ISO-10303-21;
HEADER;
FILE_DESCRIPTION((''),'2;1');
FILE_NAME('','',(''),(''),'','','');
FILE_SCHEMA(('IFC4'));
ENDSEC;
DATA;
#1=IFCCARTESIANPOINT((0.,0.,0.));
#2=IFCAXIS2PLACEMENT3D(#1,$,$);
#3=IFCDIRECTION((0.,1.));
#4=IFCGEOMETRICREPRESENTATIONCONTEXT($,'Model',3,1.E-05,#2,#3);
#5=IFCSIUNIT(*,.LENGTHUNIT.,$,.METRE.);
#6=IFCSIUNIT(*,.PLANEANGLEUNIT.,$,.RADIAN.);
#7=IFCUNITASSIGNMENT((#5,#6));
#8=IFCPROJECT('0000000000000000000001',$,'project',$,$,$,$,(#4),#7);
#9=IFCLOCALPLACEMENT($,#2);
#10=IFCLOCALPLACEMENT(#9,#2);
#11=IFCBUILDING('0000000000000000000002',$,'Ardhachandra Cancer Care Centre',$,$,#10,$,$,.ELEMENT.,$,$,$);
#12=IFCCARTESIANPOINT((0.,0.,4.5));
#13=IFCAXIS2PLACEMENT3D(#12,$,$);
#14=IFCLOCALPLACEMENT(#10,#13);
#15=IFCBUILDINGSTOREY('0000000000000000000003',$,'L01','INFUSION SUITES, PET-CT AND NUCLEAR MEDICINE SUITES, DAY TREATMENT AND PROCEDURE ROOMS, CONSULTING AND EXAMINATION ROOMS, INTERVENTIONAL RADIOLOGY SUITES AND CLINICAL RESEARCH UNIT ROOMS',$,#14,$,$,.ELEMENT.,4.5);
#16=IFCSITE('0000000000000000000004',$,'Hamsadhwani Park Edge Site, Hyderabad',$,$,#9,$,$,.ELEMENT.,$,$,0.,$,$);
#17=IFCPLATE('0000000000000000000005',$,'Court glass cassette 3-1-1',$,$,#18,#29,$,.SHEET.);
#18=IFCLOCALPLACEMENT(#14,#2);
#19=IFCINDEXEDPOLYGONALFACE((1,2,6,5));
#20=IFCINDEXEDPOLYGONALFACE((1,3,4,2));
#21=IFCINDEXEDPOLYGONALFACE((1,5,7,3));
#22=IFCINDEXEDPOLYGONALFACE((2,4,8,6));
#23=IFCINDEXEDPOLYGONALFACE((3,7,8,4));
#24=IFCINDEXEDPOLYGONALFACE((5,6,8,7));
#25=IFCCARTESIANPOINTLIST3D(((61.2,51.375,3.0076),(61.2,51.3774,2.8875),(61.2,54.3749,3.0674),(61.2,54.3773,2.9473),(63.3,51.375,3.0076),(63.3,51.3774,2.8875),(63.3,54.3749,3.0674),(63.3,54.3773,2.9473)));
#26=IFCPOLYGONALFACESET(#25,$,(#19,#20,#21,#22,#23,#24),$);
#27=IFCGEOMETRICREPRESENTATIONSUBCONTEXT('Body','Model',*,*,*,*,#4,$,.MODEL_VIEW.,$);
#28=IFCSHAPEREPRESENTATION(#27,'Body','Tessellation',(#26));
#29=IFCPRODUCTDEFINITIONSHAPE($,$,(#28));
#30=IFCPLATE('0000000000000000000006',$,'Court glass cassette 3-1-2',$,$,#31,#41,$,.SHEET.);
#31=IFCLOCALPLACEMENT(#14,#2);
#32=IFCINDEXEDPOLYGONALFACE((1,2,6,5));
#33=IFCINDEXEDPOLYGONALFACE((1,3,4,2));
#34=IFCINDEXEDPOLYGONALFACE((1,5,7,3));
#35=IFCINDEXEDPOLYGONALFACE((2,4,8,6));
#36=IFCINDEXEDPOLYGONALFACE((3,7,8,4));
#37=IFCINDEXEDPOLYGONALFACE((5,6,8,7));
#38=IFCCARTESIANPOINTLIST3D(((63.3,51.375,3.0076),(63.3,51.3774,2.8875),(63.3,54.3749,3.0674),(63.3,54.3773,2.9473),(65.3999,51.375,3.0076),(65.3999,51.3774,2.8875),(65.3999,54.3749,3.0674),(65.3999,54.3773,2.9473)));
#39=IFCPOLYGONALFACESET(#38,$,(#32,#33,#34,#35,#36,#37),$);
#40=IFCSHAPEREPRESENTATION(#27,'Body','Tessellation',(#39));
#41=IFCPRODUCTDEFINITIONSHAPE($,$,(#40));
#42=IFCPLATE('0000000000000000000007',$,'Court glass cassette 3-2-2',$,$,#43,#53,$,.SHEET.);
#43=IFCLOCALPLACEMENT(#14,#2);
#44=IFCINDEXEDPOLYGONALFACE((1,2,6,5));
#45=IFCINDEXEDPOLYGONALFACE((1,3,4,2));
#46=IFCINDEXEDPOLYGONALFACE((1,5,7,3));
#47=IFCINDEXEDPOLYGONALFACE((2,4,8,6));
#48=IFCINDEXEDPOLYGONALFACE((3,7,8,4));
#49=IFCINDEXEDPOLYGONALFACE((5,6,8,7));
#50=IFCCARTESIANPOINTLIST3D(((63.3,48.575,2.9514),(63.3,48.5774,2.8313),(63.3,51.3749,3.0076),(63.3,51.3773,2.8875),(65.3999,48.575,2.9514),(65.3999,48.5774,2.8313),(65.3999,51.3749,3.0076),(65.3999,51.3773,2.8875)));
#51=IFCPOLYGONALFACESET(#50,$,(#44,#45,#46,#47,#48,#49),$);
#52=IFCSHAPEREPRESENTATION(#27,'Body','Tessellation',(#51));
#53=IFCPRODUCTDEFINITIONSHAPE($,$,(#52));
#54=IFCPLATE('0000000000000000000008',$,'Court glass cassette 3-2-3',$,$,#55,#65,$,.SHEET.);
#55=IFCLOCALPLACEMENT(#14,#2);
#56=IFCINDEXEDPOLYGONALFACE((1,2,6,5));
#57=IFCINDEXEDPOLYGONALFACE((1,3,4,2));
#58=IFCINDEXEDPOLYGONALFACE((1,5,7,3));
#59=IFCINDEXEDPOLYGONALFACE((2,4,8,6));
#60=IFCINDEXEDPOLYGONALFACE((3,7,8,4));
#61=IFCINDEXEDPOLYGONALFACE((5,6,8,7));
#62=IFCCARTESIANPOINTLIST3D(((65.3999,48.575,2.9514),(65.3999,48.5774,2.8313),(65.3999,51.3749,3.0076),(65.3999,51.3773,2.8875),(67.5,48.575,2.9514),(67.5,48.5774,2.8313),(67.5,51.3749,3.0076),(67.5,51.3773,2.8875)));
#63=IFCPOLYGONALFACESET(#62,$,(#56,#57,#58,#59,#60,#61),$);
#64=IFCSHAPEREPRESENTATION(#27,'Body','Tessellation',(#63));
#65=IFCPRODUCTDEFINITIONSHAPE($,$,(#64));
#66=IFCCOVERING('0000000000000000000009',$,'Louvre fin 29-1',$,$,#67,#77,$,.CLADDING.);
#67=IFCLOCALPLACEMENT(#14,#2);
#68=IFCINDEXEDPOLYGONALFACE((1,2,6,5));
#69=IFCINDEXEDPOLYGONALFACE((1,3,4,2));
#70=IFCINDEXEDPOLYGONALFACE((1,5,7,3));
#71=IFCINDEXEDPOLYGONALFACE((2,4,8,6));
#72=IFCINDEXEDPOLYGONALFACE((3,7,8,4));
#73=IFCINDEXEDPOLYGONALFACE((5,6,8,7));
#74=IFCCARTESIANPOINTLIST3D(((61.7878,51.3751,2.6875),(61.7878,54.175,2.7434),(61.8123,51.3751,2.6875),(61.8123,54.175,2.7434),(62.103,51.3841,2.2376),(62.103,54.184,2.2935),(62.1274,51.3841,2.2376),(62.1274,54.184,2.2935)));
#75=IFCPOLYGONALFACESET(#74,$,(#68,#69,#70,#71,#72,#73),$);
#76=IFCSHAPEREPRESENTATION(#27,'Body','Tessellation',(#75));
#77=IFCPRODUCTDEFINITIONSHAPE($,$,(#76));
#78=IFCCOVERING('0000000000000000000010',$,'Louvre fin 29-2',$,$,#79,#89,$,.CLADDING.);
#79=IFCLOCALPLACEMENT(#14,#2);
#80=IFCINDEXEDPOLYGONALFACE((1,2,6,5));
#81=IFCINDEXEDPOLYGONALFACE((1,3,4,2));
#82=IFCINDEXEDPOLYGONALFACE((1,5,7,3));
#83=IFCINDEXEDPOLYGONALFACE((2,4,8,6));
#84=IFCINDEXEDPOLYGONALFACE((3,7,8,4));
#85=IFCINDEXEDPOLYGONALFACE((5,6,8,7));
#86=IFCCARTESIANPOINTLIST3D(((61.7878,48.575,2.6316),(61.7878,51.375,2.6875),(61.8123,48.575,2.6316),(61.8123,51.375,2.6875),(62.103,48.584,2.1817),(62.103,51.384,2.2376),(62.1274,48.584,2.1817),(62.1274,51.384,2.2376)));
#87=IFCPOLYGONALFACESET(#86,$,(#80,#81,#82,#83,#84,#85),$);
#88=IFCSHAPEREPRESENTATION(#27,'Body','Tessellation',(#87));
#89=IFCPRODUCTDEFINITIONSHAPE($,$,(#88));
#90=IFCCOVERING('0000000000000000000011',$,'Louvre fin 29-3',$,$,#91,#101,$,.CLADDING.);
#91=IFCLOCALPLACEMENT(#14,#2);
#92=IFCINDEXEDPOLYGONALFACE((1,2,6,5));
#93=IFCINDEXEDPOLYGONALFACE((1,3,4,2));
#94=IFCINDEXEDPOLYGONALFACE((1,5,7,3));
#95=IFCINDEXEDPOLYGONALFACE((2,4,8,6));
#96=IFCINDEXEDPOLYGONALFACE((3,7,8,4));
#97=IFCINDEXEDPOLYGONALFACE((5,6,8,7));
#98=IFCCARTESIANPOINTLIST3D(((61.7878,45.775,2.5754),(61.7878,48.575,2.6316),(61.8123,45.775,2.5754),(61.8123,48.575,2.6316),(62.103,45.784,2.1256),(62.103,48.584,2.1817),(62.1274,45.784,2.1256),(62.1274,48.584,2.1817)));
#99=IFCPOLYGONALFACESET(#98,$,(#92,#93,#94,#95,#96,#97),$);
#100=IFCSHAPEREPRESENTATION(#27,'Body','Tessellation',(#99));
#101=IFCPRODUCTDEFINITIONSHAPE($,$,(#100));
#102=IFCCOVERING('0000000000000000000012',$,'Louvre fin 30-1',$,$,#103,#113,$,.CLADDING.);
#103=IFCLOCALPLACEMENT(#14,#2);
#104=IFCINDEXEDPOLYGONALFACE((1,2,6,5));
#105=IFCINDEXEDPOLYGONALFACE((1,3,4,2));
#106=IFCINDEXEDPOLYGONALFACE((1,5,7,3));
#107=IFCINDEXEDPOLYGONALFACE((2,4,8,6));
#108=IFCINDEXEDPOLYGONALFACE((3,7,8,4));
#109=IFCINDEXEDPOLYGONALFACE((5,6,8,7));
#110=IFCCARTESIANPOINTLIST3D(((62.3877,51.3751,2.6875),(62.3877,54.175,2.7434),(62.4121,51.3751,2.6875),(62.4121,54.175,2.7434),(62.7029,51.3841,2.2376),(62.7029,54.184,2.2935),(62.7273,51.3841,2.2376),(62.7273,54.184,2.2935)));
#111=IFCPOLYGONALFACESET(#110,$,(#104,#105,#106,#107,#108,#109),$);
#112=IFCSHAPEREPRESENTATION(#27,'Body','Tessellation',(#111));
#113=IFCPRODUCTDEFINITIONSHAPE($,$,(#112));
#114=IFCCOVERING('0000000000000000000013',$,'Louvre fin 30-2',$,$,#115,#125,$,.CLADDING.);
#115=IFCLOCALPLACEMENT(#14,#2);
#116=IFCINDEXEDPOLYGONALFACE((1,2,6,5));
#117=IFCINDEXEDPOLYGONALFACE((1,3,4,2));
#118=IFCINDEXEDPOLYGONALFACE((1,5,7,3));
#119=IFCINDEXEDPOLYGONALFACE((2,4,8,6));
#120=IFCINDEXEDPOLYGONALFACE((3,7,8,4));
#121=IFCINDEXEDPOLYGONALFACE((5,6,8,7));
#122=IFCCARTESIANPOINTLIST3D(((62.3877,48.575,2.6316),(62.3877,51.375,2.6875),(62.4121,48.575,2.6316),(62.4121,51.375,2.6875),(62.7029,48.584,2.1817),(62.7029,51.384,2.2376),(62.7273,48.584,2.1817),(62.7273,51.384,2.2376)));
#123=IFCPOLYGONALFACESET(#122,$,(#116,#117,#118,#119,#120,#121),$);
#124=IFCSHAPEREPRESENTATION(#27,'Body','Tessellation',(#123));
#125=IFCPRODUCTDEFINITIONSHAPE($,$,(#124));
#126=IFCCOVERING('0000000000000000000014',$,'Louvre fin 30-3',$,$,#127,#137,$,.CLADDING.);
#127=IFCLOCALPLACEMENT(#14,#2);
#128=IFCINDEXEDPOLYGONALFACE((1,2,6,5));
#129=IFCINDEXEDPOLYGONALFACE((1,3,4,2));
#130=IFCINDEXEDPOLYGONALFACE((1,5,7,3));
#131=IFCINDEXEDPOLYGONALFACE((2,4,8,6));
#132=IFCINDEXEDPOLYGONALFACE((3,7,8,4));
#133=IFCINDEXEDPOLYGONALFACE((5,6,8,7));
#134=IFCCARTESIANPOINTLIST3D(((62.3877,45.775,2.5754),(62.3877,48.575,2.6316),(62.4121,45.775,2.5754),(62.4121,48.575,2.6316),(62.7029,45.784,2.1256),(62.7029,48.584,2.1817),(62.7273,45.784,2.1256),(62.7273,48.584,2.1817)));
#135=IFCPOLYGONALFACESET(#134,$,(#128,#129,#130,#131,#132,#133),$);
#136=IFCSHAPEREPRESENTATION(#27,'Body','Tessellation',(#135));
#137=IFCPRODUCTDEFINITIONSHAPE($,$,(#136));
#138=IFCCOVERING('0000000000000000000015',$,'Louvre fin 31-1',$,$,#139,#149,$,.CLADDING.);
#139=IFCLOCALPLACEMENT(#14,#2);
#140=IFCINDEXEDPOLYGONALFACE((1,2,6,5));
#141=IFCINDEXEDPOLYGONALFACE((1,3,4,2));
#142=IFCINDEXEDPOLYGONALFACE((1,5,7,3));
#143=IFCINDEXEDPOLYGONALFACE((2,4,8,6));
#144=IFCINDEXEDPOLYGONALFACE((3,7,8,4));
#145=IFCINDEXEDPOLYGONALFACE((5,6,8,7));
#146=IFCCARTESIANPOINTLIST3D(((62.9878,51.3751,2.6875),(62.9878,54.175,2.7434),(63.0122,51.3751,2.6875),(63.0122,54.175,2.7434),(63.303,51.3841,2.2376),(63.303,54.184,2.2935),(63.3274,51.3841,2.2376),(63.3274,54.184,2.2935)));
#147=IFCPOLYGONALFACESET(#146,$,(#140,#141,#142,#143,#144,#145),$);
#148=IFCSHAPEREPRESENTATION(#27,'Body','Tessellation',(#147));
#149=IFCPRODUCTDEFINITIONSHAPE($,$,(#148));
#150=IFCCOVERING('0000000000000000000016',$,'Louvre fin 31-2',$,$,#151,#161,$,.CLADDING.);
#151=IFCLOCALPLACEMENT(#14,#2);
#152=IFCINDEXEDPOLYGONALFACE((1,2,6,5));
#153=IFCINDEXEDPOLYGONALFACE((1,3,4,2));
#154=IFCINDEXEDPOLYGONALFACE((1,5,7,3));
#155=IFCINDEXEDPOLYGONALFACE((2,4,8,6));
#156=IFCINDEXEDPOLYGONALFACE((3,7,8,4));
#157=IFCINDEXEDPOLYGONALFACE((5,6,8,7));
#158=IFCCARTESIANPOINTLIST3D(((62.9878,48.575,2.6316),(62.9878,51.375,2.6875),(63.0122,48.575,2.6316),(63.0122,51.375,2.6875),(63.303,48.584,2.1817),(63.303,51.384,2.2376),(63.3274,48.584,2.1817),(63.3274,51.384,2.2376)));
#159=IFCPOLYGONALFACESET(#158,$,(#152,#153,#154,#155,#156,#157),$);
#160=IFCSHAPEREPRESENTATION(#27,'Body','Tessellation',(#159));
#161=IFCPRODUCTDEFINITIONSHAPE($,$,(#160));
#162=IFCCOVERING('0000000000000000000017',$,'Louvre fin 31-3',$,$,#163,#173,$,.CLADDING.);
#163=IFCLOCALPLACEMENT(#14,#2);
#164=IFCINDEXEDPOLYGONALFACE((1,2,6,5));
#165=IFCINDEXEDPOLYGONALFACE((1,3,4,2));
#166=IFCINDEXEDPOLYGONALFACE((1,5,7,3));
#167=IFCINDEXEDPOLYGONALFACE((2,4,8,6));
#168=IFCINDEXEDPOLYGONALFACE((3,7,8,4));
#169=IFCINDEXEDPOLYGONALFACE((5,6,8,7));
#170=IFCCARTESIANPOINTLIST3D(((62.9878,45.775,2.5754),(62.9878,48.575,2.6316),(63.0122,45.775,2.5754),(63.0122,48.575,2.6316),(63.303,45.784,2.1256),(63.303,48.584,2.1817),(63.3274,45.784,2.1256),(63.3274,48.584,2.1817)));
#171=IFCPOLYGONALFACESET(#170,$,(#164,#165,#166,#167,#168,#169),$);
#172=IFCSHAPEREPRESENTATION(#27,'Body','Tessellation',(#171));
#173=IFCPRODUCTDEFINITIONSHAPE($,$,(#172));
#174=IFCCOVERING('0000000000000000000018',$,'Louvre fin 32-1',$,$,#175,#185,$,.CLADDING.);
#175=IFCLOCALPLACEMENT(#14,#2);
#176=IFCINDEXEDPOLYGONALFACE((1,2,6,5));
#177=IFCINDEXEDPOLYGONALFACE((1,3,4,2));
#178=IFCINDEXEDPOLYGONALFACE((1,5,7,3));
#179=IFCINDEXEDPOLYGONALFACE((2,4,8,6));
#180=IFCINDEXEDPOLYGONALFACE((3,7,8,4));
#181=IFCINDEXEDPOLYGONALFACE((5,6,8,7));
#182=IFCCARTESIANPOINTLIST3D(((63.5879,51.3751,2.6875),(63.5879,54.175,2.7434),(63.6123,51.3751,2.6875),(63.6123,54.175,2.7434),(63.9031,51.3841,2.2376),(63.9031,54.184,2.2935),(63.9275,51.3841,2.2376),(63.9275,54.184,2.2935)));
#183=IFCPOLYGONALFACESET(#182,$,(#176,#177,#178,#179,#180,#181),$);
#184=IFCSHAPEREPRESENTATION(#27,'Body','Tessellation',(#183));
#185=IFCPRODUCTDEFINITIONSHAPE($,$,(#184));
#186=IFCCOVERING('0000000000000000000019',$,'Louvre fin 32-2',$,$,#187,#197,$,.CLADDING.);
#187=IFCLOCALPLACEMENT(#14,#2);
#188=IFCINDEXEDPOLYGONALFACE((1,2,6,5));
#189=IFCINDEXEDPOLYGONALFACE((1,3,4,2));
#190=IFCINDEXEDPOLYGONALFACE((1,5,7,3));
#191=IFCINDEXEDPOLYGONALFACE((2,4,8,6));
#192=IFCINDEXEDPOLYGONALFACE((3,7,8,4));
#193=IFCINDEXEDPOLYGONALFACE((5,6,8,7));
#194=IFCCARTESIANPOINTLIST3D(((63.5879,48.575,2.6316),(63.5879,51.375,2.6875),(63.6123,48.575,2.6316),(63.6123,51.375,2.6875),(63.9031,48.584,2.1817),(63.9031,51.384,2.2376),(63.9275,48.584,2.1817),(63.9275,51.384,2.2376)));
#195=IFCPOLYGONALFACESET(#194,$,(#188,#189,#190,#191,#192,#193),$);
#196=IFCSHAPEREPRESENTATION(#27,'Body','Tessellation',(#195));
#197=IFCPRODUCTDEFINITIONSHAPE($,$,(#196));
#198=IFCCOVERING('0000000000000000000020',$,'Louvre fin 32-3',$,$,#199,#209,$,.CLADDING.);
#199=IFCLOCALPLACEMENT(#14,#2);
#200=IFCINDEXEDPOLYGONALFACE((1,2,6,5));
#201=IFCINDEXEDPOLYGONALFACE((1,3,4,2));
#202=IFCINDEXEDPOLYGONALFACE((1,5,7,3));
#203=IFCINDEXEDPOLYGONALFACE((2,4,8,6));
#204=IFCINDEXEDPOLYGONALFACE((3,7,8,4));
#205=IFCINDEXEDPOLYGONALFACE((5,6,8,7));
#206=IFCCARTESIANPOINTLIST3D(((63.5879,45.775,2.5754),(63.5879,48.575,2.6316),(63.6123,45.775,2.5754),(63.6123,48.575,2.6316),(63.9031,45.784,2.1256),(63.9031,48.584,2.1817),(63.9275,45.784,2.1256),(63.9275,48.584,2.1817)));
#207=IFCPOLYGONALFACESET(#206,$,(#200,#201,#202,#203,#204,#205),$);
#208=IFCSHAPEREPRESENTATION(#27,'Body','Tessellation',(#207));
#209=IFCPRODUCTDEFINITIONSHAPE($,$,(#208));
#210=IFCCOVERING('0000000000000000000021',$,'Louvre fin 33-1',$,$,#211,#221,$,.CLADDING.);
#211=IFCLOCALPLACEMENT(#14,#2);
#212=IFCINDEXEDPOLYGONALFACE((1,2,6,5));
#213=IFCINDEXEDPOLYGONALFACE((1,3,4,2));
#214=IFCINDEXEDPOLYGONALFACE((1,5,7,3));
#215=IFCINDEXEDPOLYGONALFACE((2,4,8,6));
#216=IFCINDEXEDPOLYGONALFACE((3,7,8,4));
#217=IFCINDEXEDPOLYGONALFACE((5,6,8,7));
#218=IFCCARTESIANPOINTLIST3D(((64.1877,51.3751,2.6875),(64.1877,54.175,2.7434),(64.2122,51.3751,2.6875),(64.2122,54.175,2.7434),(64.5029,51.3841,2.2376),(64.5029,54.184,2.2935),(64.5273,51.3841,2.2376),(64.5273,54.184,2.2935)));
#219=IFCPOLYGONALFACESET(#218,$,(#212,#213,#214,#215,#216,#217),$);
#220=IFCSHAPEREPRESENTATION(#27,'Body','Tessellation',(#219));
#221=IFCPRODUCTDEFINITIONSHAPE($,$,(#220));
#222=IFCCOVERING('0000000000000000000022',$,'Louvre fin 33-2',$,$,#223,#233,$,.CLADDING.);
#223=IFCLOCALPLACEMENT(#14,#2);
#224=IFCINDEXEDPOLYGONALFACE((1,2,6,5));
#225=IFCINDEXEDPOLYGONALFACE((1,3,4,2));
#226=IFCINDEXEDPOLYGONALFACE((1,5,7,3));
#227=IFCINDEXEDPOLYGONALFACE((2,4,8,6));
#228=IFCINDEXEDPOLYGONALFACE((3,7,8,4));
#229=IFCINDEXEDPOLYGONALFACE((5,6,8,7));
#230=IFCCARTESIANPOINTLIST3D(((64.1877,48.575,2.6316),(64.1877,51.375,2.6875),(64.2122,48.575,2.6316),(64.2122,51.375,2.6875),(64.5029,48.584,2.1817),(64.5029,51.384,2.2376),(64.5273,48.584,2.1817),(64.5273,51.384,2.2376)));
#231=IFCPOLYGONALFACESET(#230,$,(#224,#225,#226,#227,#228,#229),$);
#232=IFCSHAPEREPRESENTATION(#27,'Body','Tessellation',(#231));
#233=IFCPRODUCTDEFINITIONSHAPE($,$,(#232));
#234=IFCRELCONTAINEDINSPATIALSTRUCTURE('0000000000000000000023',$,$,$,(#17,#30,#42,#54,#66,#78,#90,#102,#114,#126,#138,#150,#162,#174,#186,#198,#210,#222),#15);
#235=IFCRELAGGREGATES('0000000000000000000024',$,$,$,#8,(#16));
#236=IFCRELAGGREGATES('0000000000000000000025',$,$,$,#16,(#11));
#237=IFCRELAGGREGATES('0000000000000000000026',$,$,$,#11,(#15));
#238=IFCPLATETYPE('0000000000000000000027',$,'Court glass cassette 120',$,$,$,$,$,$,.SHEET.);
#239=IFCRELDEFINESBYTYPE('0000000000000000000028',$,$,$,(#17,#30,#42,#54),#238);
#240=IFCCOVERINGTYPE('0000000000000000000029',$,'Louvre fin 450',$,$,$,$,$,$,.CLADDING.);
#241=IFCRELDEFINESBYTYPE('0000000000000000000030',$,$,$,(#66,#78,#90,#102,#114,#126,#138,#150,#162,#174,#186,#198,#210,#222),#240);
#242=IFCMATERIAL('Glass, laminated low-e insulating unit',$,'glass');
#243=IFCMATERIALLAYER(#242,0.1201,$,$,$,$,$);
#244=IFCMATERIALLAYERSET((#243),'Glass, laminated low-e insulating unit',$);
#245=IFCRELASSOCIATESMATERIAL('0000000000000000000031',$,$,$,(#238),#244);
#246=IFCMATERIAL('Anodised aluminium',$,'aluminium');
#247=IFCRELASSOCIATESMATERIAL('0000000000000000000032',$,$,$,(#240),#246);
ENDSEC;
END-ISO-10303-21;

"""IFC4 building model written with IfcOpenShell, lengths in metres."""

from ifc_helpers import new_model, si_unit, direction, frame, origin, place, context, subcontext, project, spatial, polyline, outline, extrude, material, layer, layer_set, material_profile, profile_set, type_object, element, save


model = new_model("IFC4")

# Units and contexts
model_context = context("Model", 3, precision=1e-05, world=origin(), true_north=direction((0.0, 1.0)))
body_context = subcontext(model_context, "Body", "Model", "MODEL_VIEW")
ifc_project = project(units=[si_unit("LENGTHUNIT", "METRE"), si_unit("PLANEANGLEUNIT", "RADIAN")], contexts=[model_context])

# Site, building, storey
site_placement = place(None, origin())
site = spatial("IfcSite", under=ifc_project, at=site_placement, Name="Hamsadhwani Park Edge Site, Hyderabad", CompositionType="ELEMENT", RefElevation=0.0)
building_placement = place(site_placement, origin())
building = spatial("IfcBuilding", under=site, at=building_placement, Name="Ardhachandra Cancer Care Centre", CompositionType="ELEMENT")
storey_placement = place(building_placement, frame((0.0, 0.0, 4.5)))
storey = spatial("IfcBuildingStorey", under=building, at=storey_placement, Name="L01", Description="INFUSION SUITES, PET-CT AND NUCLEAR MEDICINE SUITES, DAY TREATMENT AND PROCEDURE ROOMS, CONSULTING AND EXAMINATION ROOMS, INTERVENTIONAL RADIOLOGY SUITES AND CLINICAL RESEARCH UNIT ROOMS", CompositionType="ELEMENT", Elevation=4.5)

# Plates
ifc_material_1 = material(Name="Glass, laminated low-e insulating unit", Category="glass")
ifc_layer = layer(ifc_material_1, 0.1201)
ifc_layer_set = layer_set([ifc_layer], Name="Glass, laminated low-e insulating unit")
plate_type = type_object("IfcPlateType", Name="Court glass cassette 120", PredefinedType="SHEET", material=ifc_layer_set)
plate_1_placement = place(storey_placement, frame((63.3, 51.375, 3.0076), z_axis=(0.0, -0.019934, 0.999801), x_axis=(-1.0, 0.0, 0.0)))
element("IfcPlate", 1, at=plate_1_placement, inside=storey, type_object=plate_type, Name="Court glass cassette 3-1-1", PredefinedType="SHEET", context=body_context, shape_type="SweptSolid", body=[
    extrude(outline(polyline([(0.0, -3.0005), (2.1001, -3.0005), (2.1001, 0.0), (0.0, 0.0), (0.0, -3.0005)])), frame((0.0, 0.0, -0.1201)), (0.0, 0.0, 1.0), 0.1201),
])
plate_2_placement = place(storey_placement, frame((65.3999, 51.375, 3.0076), z_axis=(0.0, -0.019934, 0.999801), x_axis=(-1.0, 0.0, 0.0)))
element("IfcPlate", 2, at=plate_2_placement, inside=storey, type_object=plate_type, Name="Court glass cassette 3-1-2", PredefinedType="SHEET", context=body_context, shape_type="SweptSolid", body=[
    extrude(outline(polyline([(0.0, -3.0005), (2.0999, -3.0005), (2.0999, 0.0), (0.0, 0.0), (0.0, -3.0005)])), frame((0.0, 0.0, -0.1201)), (0.0, 0.0, 1.0), 0.1201),
])
plate_3_placement = place(storey_placement, frame((63.3, 48.575, 2.9514), z_axis=(0.0, -0.02005, 0.999799), x_axis=(0.0, 0.999799, 0.02005)))
element("IfcPlate", 3, at=plate_3_placement, inside=storey, type_object=plate_type, Name="Court glass cassette 3-2-2", PredefinedType="SHEET", context=body_context, shape_type="SweptSolid", body=[
    extrude(outline(polyline([(0.0, -2.0999), (2.8005, -2.0999), (2.8005, 0.0), (0.0, 0.0), (0.0, -2.0999)])), frame((0.0, 0.0, -0.1201)), (0.0, 0.0, 1.0), 0.1201),
])
plate_4_placement = place(storey_placement, frame((65.3999, 48.575, 2.9514), z_axis=(0.0, -0.02005, 0.999799), x_axis=(0.0, 0.999799, 0.02005)))
element("IfcPlate", 4, at=plate_4_placement, inside=storey, type_object=plate_type, Name="Court glass cassette 3-2-3", PredefinedType="SHEET", context=body_context, shape_type="SweptSolid", body=[
    extrude(outline(polyline([(0.0, -2.1001), (2.8005, -2.1001), (2.8005, 0.0), (0.0, 0.0), (0.0, -2.1001)])), frame((0.0, 0.0, -0.1201)), (0.0, 0.0, 1.0), 0.1201),
])

# Coverings
ifc_material_2 = material(Name="Anodised aluminium", Category="aluminium")
ifc_material_profile_1 = material_profile(ifc_material_2, outline(polyline([(-0.0122, 0.0), (0.0122, 0.0), (0.3274, -0.45), (0.303, -0.45), (-0.0122, 0.0)])), Name="Louvre fin 450")
ifc_profile_set_1 = profile_set([ifc_material_profile_1], Name="Anodised aluminium")
covering_type = type_object("IfcCoveringType", Name="Louvre fin 450", PredefinedType="CLADDING", material=ifc_profile_set_1)
for number, where, z_axis, x_axis, name in (
    (5, (61.8, 54.175, 2.7434), (0.0, -0.999801, -0.019963), (1.0, 0.0, 0.0), "Louvre fin 29-1"),
    (6, (61.8, 51.375, 2.6875), (0.0, -0.999801, -0.019963), (1.0, 0.0, 0.0), "Louvre fin 29-2"),
    (7, (61.8, 48.575, 2.6316), (0.0, -0.999799, -0.02005), (1.0, 0.0, 0.0), "Louvre fin 29-3"),
    (8, (62.3999, 54.175, 2.7434), (0.0, -0.999801, -0.019963), (1.0, 0.0, 0.0), "Louvre fin 30-1"),
    (9, (62.3999, 51.375, 2.6875), (0.0, -0.999801, -0.019963), (1.0, 0.0, 0.0), "Louvre fin 30-2"),
    (10, (62.3999, 48.575, 2.6316), (0.0, -0.999799, -0.02005), (1.0, 0.0, 0.0), "Louvre fin 30-3"),
    (11, (63.0, 54.175, 2.7434), (0.0, -0.999801, -0.019963), (1.0, 0.0, 0.0), "Louvre fin 31-1"),
    (12, (63.0, 51.375, 2.6875), (0.0, -0.999801, -0.019963), (1.0, 0.0, 0.0), "Louvre fin 31-2"),
    (13, (63.0, 48.575, 2.6316), (0.0, -0.999799, -0.02005), (1.0, 0.0, 0.0), "Louvre fin 31-3"),
    (14, (63.6001, 54.175, 2.7434), (0.0, -0.999801, -0.019963), (1.0, 0.0, 0.0), "Louvre fin 32-1"),
    (15, (63.6001, 51.375, 2.6875), (0.0, -0.999801, -0.019963), (1.0, 0.0, 0.0), "Louvre fin 32-2"),
    (16, (63.6001, 48.575, 2.6316), (0.0, -0.999799, -0.02005), (1.0, 0.0, 0.0), "Louvre fin 32-3"),
    (17, (64.2, 54.175, 2.7434), (0.0, -0.999801, -0.019963), (1.0, 0.0, 0.0), "Louvre fin 33-1"),
    (18, (64.2, 51.375, 2.6875), (0.0, -0.999801, -0.019963), (1.0, 0.0, 0.0), "Louvre fin 33-2"),
):
    element("IfcCovering", number, at=place(storey_placement, frame(where, z_axis=z_axis, x_axis=x_axis)), inside=storey, type_object=covering_type, Name=name, PredefinedType="CLADDING", context=body_context, shape_type="SweptSolid", body=[
        extrude(outline(polyline([(-0.0122, 0.0), (0.0122, 0.0), (0.3274, -0.45), (0.303, -0.45), (-0.0122, 0.0)])), origin(), (0.0, 0.0, 1.0), 2.8005),
    ])

save(model, "model.ifc")
